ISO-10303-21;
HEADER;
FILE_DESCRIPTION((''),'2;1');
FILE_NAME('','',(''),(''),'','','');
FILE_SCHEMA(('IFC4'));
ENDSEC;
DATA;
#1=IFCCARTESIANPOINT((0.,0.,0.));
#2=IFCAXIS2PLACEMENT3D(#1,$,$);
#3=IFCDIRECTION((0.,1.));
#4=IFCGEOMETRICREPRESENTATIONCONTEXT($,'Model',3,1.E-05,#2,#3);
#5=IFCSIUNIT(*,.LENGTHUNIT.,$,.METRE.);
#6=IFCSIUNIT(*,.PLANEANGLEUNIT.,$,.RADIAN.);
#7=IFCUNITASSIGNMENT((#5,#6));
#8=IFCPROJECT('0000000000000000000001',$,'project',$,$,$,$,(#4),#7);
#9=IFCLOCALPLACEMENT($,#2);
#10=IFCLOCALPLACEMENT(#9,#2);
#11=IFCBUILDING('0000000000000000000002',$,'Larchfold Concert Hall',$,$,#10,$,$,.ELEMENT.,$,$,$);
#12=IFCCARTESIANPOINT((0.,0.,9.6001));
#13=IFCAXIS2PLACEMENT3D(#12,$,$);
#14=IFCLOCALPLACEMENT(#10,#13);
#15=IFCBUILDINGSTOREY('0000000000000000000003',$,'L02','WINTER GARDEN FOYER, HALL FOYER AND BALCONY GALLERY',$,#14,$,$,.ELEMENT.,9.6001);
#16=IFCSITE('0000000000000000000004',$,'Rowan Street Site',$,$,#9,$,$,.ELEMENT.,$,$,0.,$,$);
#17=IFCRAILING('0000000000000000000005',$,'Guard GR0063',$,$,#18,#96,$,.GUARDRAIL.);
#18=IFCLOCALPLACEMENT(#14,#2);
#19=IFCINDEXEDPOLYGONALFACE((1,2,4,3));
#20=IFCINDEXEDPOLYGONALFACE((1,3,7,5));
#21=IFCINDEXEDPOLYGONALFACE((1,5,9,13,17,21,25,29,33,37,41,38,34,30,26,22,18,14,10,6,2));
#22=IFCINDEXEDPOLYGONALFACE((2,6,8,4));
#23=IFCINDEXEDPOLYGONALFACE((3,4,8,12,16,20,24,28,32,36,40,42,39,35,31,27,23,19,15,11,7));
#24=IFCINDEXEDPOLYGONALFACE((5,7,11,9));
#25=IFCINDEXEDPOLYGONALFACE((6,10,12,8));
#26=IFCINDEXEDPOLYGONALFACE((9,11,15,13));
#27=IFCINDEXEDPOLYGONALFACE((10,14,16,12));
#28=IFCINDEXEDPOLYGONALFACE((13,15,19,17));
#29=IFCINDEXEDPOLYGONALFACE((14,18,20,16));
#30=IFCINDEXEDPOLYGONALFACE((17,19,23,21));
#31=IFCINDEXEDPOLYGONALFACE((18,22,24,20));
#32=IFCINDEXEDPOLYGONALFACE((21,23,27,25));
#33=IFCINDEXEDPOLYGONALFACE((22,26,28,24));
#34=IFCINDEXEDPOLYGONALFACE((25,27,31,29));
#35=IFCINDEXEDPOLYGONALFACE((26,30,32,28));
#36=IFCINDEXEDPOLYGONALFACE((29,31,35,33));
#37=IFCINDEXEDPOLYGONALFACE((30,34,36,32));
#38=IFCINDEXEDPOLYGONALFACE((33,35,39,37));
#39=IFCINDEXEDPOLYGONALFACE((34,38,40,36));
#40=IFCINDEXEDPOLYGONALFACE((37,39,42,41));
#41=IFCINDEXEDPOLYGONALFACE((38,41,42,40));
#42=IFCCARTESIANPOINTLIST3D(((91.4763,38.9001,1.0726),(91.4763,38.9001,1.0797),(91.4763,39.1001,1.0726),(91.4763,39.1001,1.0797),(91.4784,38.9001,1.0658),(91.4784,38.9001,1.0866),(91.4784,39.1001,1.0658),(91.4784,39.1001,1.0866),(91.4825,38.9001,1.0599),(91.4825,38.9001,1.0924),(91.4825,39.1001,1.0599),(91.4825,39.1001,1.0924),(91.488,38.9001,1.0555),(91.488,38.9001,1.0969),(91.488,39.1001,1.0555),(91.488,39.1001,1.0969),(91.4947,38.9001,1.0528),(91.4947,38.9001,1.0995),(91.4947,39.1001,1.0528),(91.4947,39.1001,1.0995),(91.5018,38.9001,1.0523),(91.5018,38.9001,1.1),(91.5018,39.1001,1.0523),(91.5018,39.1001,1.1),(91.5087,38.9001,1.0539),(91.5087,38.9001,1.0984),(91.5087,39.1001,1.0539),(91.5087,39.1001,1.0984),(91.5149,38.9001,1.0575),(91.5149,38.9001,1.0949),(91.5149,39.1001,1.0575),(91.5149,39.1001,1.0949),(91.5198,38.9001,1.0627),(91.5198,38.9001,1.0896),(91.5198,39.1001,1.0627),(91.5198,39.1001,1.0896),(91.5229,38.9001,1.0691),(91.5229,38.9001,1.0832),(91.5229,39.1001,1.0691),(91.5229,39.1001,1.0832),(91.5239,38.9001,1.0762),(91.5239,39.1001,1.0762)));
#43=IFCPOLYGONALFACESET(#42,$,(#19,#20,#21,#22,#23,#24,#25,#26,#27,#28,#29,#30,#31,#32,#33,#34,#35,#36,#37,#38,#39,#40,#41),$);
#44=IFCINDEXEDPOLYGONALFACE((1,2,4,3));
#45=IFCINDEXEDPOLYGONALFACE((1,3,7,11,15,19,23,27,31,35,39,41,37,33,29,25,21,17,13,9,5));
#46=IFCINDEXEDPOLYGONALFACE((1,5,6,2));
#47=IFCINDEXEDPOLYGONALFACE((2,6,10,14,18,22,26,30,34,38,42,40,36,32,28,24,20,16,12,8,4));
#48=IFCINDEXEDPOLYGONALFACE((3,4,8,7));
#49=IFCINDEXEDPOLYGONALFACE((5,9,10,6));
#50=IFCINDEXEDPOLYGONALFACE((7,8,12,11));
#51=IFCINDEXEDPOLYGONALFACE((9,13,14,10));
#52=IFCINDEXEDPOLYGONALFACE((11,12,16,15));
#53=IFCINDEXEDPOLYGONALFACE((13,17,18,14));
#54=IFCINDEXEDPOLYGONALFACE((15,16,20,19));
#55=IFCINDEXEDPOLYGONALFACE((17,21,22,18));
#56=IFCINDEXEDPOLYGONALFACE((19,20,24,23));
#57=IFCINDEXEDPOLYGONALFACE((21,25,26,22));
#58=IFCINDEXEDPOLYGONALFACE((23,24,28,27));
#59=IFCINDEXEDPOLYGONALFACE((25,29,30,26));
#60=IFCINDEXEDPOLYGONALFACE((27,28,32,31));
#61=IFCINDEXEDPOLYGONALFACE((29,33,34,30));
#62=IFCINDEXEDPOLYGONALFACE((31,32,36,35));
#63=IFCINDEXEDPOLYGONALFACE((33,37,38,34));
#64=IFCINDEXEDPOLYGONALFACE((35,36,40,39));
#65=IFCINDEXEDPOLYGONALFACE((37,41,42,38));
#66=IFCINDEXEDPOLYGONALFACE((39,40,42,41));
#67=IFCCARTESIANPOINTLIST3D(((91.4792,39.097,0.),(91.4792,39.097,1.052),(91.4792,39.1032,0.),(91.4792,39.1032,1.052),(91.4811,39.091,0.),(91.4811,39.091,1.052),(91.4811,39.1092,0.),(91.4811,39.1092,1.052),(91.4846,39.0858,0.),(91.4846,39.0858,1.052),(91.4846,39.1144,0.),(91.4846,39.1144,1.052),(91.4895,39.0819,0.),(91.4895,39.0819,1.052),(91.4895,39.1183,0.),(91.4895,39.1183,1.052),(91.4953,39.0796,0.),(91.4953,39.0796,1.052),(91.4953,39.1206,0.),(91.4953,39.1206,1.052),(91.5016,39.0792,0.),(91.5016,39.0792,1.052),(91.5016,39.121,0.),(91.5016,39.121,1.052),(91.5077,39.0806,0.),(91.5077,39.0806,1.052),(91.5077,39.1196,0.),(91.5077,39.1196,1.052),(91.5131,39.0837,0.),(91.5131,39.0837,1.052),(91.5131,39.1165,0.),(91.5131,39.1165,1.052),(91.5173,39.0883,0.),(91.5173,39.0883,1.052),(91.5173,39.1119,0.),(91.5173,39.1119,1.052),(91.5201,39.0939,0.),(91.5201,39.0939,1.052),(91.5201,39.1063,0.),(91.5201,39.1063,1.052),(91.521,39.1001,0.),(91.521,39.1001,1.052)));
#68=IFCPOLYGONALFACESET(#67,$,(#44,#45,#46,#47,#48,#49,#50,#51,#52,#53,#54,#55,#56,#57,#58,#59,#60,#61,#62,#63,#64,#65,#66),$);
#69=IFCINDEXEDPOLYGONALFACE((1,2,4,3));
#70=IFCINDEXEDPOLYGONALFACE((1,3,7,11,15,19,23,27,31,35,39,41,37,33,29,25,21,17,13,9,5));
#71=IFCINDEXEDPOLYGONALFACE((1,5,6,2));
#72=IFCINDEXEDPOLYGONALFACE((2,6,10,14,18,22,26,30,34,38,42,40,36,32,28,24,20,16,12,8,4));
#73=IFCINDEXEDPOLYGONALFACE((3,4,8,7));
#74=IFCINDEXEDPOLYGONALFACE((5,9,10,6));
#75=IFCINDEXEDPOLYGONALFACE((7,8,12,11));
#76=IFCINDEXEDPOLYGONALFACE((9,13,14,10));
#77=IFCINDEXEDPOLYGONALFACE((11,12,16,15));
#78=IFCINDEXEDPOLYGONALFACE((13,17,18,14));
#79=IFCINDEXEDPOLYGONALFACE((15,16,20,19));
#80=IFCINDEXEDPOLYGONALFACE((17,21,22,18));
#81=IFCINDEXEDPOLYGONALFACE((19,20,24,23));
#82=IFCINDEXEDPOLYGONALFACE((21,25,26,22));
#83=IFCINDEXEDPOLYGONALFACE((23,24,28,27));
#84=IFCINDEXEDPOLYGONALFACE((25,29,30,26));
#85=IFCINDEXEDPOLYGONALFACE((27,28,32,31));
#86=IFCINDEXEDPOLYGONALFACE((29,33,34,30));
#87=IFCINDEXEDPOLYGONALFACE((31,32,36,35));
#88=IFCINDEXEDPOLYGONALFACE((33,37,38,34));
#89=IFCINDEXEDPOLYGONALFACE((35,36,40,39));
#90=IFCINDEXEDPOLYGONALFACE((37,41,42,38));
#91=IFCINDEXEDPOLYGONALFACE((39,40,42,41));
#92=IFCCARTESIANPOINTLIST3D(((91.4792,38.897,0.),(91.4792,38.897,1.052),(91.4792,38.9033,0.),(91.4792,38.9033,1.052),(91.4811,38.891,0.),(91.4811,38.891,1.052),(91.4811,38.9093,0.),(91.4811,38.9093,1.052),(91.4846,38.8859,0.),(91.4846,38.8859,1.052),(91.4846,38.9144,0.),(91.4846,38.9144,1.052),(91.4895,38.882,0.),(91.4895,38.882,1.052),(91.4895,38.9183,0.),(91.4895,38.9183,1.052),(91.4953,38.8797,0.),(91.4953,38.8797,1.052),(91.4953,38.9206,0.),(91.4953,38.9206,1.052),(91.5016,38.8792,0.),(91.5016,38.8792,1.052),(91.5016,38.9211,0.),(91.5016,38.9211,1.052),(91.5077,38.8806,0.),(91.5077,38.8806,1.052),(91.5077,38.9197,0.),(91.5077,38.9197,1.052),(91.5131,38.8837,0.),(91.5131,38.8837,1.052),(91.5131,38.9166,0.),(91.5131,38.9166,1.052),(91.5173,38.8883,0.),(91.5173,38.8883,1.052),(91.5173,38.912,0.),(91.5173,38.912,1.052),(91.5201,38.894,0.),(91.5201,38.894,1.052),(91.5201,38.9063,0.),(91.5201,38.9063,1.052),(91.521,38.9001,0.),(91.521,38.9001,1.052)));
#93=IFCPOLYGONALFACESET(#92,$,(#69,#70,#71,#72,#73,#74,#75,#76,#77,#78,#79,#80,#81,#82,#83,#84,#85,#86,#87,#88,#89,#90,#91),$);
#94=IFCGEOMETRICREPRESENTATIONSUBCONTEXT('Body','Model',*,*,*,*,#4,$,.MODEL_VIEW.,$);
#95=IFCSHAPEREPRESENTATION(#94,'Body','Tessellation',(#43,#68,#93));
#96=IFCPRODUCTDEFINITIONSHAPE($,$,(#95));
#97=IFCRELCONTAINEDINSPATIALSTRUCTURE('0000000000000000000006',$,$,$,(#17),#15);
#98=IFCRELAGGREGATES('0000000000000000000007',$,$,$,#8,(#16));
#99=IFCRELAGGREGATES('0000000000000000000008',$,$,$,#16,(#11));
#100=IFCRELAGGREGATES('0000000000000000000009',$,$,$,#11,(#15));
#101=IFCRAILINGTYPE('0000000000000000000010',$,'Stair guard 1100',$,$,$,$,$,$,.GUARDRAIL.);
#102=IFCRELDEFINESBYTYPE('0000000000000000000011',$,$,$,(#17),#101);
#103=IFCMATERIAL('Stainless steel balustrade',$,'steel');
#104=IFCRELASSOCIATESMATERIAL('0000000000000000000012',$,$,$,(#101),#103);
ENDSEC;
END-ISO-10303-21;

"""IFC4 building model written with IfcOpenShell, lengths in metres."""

from ifc_helpers import new_model, si_unit, direction, frame, origin, origin_2d, place, context, subcontext, project, spatial, circle, extrude, material, type_object, element, save


model = new_model("IFC4")

# Units and contexts
model_context = context("Model", 3, precision=1e-05, world=origin(), true_north=direction((0.0, 1.0)))
body_context = subcontext(model_context, "Body", "Model", "MODEL_VIEW")
ifc_project = project(units=[si_unit("LENGTHUNIT", "METRE"), si_unit("PLANEANGLEUNIT", "RADIAN")], contexts=[model_context])

# Site, building, storey
site_placement = place(None, origin())
site = spatial("IfcSite", under=ifc_project, at=site_placement, Name="Rowan Street Site", CompositionType="ELEMENT", RefElevation=0.0)
building_placement = place(site_placement, origin())
building = spatial("IfcBuilding", under=site, at=building_placement, Name="Larchfold Concert Hall", CompositionType="ELEMENT")
storey_placement = place(building_placement, frame((0.0, 0.0, 9.6001)))
storey = spatial("IfcBuildingStorey", under=building, at=storey_placement, Name="L02", Description="WINTER GARDEN FOYER, HALL FOYER AND BALCONY GALLERY", CompositionType="ELEMENT", Elevation=9.6001)

# Railing
ifc_material_1 = material(Name="Stainless steel balustrade", Category="steel")
railing_type_1 = type_object("IfcRailingType", Name="Stair guard 1100", PredefinedType="GUARDRAIL", material=ifc_material_1)
railing_1_placement = place(storey_placement, frame((91.5, 39.1001, 0.0)))
element("IfcRailing", 1, at=railing_1_placement, inside=storey, type_object=railing_type_1, Name="Guard GR0063", PredefinedType="GUARDRAIL", context=body_context, shape_type="SweptSolid", body=[
    extrude(circle(Radius=0.0239, at=origin_2d()), frame((0.0, 0.0, 1.0762), z_axis=(0.0, -1.0, 0.0), x_axis=(1.0, 0.0, 0.0)), (0.0, 0.0, 1.0), 0.2),
    extrude(circle(Radius=0.021, at=origin_2d()), origin(), (0.0, 0.0, 1.0), 1.052),
    extrude(circle(Radius=0.021, at=origin_2d()), frame((0.0, -0.2, 0.0)), (0.0, 0.0, 1.0), 1.052),
])

save(model, "model.ifc")
